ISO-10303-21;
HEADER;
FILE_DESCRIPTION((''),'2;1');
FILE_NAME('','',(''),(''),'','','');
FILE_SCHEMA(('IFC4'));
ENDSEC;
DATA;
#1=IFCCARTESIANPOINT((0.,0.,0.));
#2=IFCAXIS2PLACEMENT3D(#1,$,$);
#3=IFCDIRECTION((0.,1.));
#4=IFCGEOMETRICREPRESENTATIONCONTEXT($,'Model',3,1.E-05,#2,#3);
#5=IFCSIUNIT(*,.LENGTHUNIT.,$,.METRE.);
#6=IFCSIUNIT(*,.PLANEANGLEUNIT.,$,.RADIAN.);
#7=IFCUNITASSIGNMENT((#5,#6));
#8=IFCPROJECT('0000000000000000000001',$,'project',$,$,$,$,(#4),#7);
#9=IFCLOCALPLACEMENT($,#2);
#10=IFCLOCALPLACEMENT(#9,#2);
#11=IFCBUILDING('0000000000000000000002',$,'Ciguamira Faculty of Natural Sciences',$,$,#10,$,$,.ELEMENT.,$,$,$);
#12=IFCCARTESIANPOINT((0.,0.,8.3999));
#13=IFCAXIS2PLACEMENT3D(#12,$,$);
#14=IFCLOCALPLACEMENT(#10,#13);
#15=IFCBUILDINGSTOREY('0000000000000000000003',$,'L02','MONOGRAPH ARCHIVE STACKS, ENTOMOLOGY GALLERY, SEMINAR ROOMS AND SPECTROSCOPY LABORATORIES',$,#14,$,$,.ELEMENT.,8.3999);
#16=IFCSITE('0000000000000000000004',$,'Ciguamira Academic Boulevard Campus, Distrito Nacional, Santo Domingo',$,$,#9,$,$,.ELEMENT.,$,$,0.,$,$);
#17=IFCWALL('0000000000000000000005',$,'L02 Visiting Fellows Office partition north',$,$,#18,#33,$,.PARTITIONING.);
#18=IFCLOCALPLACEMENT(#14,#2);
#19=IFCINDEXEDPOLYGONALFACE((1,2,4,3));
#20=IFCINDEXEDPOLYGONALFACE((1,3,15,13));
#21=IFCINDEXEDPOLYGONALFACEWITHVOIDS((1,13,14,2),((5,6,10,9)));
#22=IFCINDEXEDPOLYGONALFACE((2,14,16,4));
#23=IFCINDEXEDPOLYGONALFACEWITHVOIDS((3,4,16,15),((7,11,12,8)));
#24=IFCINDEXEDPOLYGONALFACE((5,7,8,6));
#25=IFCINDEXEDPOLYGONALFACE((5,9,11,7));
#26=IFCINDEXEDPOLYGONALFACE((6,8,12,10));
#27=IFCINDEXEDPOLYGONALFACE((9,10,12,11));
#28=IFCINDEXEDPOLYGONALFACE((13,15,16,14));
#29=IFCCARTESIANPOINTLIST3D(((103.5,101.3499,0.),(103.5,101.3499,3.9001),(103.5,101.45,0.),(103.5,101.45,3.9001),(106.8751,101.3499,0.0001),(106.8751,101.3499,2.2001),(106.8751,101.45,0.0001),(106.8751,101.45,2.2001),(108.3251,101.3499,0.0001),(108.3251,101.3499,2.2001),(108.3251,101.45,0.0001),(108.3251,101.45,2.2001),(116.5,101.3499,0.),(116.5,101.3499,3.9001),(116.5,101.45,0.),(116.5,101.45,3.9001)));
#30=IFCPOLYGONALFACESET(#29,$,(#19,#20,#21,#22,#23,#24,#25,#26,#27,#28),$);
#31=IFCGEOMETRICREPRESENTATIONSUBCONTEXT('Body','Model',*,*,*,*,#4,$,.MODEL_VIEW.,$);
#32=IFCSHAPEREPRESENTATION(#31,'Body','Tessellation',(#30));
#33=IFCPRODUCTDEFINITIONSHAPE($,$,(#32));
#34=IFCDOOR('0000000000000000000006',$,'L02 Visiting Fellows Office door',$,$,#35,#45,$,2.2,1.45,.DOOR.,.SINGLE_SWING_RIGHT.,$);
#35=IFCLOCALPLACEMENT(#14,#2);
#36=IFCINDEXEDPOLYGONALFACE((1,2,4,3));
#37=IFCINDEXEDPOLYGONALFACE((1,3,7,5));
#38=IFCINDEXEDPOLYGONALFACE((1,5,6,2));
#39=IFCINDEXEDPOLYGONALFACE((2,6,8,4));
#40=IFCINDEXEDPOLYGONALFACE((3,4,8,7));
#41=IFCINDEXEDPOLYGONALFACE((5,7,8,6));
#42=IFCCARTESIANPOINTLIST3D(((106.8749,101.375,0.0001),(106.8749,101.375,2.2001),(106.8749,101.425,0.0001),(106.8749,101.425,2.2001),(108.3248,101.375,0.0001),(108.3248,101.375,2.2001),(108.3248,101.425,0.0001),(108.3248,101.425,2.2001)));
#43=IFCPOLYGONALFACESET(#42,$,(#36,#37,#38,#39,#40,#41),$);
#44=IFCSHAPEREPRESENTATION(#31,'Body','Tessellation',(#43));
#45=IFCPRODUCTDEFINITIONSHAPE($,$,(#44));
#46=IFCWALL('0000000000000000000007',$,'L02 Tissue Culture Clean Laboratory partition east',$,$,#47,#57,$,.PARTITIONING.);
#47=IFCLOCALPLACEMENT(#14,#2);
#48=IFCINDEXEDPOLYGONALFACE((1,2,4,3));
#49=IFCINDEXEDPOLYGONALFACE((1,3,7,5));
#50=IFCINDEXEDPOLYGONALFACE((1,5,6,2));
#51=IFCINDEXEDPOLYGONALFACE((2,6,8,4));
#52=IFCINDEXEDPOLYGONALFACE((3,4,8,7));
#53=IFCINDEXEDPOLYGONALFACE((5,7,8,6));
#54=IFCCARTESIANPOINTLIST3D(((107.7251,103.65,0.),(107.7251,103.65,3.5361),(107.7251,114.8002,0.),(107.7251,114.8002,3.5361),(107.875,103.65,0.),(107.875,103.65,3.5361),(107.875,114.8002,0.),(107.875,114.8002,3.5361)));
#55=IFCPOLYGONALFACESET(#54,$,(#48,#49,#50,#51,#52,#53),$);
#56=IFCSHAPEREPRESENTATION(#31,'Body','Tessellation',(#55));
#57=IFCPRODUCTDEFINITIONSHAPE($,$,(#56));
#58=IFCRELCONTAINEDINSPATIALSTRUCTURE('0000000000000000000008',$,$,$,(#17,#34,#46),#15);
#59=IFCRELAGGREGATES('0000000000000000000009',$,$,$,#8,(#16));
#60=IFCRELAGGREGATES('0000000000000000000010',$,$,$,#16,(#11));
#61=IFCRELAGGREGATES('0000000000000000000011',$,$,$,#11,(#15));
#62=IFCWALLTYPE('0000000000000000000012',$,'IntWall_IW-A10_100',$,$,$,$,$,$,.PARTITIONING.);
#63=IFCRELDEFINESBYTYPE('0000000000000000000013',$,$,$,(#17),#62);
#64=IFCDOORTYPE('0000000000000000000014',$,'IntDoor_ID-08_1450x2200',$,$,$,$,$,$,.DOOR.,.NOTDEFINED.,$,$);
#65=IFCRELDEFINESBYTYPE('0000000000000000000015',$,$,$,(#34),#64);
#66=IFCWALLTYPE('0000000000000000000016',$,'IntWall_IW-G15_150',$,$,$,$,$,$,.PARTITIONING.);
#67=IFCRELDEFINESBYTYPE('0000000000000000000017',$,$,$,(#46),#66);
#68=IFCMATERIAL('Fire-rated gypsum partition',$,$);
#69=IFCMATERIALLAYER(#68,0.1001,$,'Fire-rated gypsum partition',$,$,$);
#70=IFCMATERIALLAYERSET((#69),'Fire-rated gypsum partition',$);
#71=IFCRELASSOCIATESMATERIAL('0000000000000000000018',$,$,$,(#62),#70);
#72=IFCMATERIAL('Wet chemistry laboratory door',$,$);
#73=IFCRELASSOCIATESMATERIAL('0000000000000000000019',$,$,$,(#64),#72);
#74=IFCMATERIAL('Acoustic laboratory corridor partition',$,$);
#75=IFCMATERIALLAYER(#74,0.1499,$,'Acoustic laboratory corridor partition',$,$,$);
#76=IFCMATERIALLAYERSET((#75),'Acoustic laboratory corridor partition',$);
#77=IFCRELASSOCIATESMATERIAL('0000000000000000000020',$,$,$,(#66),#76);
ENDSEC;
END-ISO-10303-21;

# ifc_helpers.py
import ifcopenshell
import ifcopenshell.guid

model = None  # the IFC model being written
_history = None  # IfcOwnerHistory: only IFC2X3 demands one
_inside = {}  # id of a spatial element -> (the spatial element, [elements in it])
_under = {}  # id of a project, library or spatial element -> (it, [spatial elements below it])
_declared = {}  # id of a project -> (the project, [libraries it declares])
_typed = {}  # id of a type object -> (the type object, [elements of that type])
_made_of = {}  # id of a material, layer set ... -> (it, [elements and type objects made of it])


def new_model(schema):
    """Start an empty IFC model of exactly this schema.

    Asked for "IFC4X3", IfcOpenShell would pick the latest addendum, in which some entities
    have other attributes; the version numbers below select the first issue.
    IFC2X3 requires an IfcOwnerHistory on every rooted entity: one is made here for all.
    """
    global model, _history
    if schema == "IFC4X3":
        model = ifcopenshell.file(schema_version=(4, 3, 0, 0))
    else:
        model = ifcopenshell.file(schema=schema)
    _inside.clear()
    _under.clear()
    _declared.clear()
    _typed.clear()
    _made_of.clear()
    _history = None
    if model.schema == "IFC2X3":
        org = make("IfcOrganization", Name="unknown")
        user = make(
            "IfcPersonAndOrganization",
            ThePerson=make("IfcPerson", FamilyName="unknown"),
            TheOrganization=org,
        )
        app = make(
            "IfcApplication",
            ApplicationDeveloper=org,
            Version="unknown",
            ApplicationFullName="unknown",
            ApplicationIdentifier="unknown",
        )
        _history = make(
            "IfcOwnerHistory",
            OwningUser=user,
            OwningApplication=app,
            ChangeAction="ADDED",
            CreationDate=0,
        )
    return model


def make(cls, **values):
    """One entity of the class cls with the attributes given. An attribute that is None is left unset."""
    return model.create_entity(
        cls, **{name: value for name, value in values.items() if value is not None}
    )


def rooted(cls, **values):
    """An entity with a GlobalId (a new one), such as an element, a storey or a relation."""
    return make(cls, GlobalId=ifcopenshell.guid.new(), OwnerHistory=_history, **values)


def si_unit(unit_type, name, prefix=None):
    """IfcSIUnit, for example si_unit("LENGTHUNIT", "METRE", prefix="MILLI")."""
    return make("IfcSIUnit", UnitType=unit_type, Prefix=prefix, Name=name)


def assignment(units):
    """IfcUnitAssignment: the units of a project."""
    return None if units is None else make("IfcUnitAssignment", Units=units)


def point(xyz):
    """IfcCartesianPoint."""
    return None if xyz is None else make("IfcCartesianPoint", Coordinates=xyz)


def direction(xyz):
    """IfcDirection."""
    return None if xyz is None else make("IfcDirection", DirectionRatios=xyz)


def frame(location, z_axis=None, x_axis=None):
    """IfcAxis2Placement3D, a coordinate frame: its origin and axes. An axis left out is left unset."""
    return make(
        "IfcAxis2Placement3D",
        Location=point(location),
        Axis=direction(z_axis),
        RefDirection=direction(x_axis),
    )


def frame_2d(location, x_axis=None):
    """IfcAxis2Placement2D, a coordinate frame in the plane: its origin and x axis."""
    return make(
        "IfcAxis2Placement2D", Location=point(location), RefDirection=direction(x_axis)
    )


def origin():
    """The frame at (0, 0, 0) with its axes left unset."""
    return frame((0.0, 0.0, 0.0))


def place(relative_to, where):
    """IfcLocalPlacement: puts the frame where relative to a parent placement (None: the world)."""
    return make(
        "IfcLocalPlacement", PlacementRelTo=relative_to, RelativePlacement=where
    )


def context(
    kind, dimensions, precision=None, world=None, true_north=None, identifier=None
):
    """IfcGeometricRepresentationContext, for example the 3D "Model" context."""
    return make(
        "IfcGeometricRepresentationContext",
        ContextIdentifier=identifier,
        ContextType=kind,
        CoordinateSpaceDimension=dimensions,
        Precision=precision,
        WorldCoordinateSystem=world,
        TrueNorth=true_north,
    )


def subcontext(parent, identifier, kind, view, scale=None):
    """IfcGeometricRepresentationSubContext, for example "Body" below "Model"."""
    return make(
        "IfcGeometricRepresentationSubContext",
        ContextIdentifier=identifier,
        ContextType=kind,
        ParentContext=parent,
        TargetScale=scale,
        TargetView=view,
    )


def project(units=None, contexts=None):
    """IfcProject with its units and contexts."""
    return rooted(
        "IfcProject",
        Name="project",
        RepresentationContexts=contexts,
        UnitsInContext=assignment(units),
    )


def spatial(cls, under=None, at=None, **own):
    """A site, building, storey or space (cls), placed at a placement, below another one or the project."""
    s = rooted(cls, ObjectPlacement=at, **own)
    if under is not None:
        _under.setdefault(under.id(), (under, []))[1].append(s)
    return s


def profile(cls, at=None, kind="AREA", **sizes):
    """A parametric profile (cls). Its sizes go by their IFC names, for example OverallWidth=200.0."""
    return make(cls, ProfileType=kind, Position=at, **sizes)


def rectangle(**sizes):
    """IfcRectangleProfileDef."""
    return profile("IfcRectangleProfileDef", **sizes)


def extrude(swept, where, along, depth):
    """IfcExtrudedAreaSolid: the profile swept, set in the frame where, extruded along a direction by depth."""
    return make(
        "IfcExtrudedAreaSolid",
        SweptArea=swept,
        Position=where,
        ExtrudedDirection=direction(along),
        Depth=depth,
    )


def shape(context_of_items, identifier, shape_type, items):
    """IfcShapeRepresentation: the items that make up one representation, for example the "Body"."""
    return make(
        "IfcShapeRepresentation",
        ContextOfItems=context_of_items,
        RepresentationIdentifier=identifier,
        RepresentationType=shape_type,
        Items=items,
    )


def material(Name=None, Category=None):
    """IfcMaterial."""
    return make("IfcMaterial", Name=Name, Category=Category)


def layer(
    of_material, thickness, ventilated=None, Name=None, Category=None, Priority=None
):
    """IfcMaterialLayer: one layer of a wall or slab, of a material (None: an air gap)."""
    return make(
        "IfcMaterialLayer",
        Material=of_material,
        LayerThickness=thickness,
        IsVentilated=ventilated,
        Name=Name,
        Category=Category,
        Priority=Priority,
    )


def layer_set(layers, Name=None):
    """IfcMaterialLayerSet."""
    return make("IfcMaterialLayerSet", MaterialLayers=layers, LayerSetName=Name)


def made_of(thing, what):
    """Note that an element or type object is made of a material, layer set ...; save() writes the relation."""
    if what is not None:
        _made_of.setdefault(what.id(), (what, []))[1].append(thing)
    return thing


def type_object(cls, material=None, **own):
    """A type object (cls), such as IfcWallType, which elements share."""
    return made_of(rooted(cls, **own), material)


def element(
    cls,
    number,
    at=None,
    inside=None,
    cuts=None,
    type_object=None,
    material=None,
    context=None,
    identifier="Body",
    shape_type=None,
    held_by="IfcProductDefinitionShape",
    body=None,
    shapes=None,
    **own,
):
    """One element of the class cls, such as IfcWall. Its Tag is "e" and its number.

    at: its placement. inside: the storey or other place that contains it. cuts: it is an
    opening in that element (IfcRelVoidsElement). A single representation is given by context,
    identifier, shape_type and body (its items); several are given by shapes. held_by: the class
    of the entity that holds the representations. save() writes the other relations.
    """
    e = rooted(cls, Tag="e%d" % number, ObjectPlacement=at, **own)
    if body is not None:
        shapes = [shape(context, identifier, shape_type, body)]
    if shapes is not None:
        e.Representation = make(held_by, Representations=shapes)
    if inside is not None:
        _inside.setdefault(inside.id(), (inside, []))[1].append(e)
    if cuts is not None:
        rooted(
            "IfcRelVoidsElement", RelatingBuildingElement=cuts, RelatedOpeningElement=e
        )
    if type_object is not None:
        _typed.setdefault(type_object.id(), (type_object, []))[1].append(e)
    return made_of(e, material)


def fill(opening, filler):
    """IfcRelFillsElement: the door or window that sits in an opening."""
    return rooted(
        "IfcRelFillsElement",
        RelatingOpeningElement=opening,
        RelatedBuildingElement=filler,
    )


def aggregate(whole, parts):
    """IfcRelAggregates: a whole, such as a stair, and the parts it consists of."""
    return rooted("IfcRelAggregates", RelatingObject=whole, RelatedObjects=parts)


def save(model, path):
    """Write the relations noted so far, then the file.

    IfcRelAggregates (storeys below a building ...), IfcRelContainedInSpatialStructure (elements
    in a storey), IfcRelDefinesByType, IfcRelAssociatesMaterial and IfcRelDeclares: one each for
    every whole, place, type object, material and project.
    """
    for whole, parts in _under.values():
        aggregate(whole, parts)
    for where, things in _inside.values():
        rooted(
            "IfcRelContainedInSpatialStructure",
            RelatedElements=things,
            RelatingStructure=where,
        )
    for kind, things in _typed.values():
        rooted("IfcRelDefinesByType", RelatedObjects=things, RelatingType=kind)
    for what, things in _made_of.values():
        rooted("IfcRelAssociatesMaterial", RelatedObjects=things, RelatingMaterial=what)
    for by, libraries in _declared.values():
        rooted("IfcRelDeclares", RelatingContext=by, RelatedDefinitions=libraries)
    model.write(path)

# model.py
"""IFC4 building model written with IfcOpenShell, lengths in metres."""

from ifc_helpers import new_model, si_unit, direction, frame, frame_2d, origin, place, context, subcontext, project, spatial, rectangle, extrude, material, layer, layer_set, type_object, element, fill, save


model = new_model("IFC4")

# Units and contexts
model_context = context("Model", 3, precision=1e-05, world=origin(), true_north=direction((0.0, 1.0)))
body_context = subcontext(model_context, "Body", "Model", "MODEL_VIEW")
ifc_project = project(units=[si_unit("LENGTHUNIT", "METRE"), si_unit("PLANEANGLEUNIT", "RADIAN")], contexts=[model_context])

# Site, building, storey
site_placement = place(None, origin())
site = spatial("IfcSite", under=ifc_project, at=site_placement, Name="Ciguamira Academic Boulevard Campus, Distrito Nacional, Santo Domingo", CompositionType="ELEMENT", RefElevation=0.0)
building_placement = place(site_placement, origin())
building = spatial("IfcBuilding", under=site, at=building_placement, Name="Ciguamira Faculty of Natural Sciences", CompositionType="ELEMENT")
storey_placement = place(building_placement, frame((0.0, 0.0, 8.3999)))
storey = spatial("IfcBuildingStorey", under=building, at=storey_placement, Name="L02", Description="MONOGRAPH ARCHIVE STACKS, ENTOMOLOGY GALLERY, SEMINAR ROOMS AND SPECTROSCOPY LABORATORIES", CompositionType="ELEMENT", Elevation=8.3999)

# Wall, opening, door
ifc_material_1 = material(Name="Fire-rated gypsum partition")
ifc_layer_1 = layer(ifc_material_1, 0.1001, Name="Fire-rated gypsum partition")
ifc_layer_set_1 = layer_set([ifc_layer_1], Name="Fire-rated gypsum partition")
wall_type_1 = type_object("IfcWallType", Name="IntWall_IW-A10_100", PredefinedType="PARTITIONING", material=ifc_layer_set_1)
wall_1_placement = place(storey_placement, frame((103.5, 101.3999, 0.0), z_axis=(0.0, 0.0, 1.0), x_axis=(1.0, 0.0, 0.0)))
wall_1 = element("IfcWall", 1, at=wall_1_placement, inside=storey, type_object=wall_type_1, Name="L02 Visiting Fellows Office partition north", PredefinedType="PARTITIONING", context=body_context, shape_type="SweptSolid", body=[
    extrude(rectangle(XDim=13.0, YDim=0.1001, at=frame_2d((6.5, 0.0))), origin(), (0.0, 0.0, 1.0), 3.9001),
])
opening_1_placement = place(wall_1_placement, frame((3.375, 0.0, 0.0)))
opening_1 = element("IfcOpeningElement", 2, at=opening_1_placement, cuts=wall_1, PredefinedType="OPENING", context=body_context, shape_type="SweptSolid", body=[
    extrude(rectangle(XDim=1.45, YDim=2.2, at=frame_2d((0.7251, 1.1001))), frame((0.0, 0.0601, 0.0), z_axis=(0.0, -1.0, 0.0), x_axis=(1.0, 0.0, 0.0)), (0.0, 0.0, 1.0), 0.1201),
])
ifc_material_2 = material(Name="Wet chemistry laboratory door")
door_type_1 = type_object("IfcDoorType", Name="IntDoor_ID-08_1450x2200", OperationType="NOTDEFINED", PredefinedType="DOOR", material=ifc_material_2)
door_1_placement = place(opening_1_placement, frame((1.45, 0.0, 0.0), z_axis=(0.0, 0.0, 1.0), x_axis=(-1.0, 0.0, 0.0)))
door_1 = element("IfcDoor", 3, at=door_1_placement, inside=storey, type_object=door_type_1, Name="L02 Visiting Fellows Office door", OperationType="SINGLE_SWING_RIGHT", OverallHeight=2.2, OverallWidth=1.45, PredefinedType="DOOR", context=body_context, shape_type="SweptSolid", body=[
    extrude(rectangle(XDim=1.45, YDim=2.2, at=frame_2d((0.7251, 1.1001))), frame((0.0, 0.0249, 0.0), z_axis=(0.0, -1.0, 0.0), x_axis=(1.0, 0.0, 0.0)), (0.0, 0.0, 1.0), 0.05),
])
fill(opening_1, door_1)

# Wall
ifc_material_3 = material(Name="Acoustic laboratory corridor partition")
ifc_layer_2 = layer(ifc_material_3, 0.1499, Name="Acoustic laboratory corridor partition")
ifc_layer_set_2 = layer_set([ifc_layer_2], Name="Acoustic laboratory corridor partition")
wall_type_2 = type_object("IfcWallType", Name="IntWall_IW-G15_150", PredefinedType="PARTITIONING", material=ifc_layer_set_2)
wall_2_placement = place(storey_placement, frame((107.8, 103.6499, 0.0), z_axis=(0.0, 0.0, 1.0), x_axis=(0.0, 1.0, 0.0)))
element("IfcWall", 4, at=wall_2_placement, inside=storey, type_object=wall_type_2, Name="L02 Tissue Culture Clean Laboratory partition east", PredefinedType="PARTITIONING", context=body_context, shape_type="SweptSolid", body=[
    extrude(rectangle(XDim=11.1501, YDim=0.1499, at=frame_2d((5.5752, 0.0))), origin(), (0.0, 0.0, 1.0), 3.5361),
])

save(model, "model.ifc")
